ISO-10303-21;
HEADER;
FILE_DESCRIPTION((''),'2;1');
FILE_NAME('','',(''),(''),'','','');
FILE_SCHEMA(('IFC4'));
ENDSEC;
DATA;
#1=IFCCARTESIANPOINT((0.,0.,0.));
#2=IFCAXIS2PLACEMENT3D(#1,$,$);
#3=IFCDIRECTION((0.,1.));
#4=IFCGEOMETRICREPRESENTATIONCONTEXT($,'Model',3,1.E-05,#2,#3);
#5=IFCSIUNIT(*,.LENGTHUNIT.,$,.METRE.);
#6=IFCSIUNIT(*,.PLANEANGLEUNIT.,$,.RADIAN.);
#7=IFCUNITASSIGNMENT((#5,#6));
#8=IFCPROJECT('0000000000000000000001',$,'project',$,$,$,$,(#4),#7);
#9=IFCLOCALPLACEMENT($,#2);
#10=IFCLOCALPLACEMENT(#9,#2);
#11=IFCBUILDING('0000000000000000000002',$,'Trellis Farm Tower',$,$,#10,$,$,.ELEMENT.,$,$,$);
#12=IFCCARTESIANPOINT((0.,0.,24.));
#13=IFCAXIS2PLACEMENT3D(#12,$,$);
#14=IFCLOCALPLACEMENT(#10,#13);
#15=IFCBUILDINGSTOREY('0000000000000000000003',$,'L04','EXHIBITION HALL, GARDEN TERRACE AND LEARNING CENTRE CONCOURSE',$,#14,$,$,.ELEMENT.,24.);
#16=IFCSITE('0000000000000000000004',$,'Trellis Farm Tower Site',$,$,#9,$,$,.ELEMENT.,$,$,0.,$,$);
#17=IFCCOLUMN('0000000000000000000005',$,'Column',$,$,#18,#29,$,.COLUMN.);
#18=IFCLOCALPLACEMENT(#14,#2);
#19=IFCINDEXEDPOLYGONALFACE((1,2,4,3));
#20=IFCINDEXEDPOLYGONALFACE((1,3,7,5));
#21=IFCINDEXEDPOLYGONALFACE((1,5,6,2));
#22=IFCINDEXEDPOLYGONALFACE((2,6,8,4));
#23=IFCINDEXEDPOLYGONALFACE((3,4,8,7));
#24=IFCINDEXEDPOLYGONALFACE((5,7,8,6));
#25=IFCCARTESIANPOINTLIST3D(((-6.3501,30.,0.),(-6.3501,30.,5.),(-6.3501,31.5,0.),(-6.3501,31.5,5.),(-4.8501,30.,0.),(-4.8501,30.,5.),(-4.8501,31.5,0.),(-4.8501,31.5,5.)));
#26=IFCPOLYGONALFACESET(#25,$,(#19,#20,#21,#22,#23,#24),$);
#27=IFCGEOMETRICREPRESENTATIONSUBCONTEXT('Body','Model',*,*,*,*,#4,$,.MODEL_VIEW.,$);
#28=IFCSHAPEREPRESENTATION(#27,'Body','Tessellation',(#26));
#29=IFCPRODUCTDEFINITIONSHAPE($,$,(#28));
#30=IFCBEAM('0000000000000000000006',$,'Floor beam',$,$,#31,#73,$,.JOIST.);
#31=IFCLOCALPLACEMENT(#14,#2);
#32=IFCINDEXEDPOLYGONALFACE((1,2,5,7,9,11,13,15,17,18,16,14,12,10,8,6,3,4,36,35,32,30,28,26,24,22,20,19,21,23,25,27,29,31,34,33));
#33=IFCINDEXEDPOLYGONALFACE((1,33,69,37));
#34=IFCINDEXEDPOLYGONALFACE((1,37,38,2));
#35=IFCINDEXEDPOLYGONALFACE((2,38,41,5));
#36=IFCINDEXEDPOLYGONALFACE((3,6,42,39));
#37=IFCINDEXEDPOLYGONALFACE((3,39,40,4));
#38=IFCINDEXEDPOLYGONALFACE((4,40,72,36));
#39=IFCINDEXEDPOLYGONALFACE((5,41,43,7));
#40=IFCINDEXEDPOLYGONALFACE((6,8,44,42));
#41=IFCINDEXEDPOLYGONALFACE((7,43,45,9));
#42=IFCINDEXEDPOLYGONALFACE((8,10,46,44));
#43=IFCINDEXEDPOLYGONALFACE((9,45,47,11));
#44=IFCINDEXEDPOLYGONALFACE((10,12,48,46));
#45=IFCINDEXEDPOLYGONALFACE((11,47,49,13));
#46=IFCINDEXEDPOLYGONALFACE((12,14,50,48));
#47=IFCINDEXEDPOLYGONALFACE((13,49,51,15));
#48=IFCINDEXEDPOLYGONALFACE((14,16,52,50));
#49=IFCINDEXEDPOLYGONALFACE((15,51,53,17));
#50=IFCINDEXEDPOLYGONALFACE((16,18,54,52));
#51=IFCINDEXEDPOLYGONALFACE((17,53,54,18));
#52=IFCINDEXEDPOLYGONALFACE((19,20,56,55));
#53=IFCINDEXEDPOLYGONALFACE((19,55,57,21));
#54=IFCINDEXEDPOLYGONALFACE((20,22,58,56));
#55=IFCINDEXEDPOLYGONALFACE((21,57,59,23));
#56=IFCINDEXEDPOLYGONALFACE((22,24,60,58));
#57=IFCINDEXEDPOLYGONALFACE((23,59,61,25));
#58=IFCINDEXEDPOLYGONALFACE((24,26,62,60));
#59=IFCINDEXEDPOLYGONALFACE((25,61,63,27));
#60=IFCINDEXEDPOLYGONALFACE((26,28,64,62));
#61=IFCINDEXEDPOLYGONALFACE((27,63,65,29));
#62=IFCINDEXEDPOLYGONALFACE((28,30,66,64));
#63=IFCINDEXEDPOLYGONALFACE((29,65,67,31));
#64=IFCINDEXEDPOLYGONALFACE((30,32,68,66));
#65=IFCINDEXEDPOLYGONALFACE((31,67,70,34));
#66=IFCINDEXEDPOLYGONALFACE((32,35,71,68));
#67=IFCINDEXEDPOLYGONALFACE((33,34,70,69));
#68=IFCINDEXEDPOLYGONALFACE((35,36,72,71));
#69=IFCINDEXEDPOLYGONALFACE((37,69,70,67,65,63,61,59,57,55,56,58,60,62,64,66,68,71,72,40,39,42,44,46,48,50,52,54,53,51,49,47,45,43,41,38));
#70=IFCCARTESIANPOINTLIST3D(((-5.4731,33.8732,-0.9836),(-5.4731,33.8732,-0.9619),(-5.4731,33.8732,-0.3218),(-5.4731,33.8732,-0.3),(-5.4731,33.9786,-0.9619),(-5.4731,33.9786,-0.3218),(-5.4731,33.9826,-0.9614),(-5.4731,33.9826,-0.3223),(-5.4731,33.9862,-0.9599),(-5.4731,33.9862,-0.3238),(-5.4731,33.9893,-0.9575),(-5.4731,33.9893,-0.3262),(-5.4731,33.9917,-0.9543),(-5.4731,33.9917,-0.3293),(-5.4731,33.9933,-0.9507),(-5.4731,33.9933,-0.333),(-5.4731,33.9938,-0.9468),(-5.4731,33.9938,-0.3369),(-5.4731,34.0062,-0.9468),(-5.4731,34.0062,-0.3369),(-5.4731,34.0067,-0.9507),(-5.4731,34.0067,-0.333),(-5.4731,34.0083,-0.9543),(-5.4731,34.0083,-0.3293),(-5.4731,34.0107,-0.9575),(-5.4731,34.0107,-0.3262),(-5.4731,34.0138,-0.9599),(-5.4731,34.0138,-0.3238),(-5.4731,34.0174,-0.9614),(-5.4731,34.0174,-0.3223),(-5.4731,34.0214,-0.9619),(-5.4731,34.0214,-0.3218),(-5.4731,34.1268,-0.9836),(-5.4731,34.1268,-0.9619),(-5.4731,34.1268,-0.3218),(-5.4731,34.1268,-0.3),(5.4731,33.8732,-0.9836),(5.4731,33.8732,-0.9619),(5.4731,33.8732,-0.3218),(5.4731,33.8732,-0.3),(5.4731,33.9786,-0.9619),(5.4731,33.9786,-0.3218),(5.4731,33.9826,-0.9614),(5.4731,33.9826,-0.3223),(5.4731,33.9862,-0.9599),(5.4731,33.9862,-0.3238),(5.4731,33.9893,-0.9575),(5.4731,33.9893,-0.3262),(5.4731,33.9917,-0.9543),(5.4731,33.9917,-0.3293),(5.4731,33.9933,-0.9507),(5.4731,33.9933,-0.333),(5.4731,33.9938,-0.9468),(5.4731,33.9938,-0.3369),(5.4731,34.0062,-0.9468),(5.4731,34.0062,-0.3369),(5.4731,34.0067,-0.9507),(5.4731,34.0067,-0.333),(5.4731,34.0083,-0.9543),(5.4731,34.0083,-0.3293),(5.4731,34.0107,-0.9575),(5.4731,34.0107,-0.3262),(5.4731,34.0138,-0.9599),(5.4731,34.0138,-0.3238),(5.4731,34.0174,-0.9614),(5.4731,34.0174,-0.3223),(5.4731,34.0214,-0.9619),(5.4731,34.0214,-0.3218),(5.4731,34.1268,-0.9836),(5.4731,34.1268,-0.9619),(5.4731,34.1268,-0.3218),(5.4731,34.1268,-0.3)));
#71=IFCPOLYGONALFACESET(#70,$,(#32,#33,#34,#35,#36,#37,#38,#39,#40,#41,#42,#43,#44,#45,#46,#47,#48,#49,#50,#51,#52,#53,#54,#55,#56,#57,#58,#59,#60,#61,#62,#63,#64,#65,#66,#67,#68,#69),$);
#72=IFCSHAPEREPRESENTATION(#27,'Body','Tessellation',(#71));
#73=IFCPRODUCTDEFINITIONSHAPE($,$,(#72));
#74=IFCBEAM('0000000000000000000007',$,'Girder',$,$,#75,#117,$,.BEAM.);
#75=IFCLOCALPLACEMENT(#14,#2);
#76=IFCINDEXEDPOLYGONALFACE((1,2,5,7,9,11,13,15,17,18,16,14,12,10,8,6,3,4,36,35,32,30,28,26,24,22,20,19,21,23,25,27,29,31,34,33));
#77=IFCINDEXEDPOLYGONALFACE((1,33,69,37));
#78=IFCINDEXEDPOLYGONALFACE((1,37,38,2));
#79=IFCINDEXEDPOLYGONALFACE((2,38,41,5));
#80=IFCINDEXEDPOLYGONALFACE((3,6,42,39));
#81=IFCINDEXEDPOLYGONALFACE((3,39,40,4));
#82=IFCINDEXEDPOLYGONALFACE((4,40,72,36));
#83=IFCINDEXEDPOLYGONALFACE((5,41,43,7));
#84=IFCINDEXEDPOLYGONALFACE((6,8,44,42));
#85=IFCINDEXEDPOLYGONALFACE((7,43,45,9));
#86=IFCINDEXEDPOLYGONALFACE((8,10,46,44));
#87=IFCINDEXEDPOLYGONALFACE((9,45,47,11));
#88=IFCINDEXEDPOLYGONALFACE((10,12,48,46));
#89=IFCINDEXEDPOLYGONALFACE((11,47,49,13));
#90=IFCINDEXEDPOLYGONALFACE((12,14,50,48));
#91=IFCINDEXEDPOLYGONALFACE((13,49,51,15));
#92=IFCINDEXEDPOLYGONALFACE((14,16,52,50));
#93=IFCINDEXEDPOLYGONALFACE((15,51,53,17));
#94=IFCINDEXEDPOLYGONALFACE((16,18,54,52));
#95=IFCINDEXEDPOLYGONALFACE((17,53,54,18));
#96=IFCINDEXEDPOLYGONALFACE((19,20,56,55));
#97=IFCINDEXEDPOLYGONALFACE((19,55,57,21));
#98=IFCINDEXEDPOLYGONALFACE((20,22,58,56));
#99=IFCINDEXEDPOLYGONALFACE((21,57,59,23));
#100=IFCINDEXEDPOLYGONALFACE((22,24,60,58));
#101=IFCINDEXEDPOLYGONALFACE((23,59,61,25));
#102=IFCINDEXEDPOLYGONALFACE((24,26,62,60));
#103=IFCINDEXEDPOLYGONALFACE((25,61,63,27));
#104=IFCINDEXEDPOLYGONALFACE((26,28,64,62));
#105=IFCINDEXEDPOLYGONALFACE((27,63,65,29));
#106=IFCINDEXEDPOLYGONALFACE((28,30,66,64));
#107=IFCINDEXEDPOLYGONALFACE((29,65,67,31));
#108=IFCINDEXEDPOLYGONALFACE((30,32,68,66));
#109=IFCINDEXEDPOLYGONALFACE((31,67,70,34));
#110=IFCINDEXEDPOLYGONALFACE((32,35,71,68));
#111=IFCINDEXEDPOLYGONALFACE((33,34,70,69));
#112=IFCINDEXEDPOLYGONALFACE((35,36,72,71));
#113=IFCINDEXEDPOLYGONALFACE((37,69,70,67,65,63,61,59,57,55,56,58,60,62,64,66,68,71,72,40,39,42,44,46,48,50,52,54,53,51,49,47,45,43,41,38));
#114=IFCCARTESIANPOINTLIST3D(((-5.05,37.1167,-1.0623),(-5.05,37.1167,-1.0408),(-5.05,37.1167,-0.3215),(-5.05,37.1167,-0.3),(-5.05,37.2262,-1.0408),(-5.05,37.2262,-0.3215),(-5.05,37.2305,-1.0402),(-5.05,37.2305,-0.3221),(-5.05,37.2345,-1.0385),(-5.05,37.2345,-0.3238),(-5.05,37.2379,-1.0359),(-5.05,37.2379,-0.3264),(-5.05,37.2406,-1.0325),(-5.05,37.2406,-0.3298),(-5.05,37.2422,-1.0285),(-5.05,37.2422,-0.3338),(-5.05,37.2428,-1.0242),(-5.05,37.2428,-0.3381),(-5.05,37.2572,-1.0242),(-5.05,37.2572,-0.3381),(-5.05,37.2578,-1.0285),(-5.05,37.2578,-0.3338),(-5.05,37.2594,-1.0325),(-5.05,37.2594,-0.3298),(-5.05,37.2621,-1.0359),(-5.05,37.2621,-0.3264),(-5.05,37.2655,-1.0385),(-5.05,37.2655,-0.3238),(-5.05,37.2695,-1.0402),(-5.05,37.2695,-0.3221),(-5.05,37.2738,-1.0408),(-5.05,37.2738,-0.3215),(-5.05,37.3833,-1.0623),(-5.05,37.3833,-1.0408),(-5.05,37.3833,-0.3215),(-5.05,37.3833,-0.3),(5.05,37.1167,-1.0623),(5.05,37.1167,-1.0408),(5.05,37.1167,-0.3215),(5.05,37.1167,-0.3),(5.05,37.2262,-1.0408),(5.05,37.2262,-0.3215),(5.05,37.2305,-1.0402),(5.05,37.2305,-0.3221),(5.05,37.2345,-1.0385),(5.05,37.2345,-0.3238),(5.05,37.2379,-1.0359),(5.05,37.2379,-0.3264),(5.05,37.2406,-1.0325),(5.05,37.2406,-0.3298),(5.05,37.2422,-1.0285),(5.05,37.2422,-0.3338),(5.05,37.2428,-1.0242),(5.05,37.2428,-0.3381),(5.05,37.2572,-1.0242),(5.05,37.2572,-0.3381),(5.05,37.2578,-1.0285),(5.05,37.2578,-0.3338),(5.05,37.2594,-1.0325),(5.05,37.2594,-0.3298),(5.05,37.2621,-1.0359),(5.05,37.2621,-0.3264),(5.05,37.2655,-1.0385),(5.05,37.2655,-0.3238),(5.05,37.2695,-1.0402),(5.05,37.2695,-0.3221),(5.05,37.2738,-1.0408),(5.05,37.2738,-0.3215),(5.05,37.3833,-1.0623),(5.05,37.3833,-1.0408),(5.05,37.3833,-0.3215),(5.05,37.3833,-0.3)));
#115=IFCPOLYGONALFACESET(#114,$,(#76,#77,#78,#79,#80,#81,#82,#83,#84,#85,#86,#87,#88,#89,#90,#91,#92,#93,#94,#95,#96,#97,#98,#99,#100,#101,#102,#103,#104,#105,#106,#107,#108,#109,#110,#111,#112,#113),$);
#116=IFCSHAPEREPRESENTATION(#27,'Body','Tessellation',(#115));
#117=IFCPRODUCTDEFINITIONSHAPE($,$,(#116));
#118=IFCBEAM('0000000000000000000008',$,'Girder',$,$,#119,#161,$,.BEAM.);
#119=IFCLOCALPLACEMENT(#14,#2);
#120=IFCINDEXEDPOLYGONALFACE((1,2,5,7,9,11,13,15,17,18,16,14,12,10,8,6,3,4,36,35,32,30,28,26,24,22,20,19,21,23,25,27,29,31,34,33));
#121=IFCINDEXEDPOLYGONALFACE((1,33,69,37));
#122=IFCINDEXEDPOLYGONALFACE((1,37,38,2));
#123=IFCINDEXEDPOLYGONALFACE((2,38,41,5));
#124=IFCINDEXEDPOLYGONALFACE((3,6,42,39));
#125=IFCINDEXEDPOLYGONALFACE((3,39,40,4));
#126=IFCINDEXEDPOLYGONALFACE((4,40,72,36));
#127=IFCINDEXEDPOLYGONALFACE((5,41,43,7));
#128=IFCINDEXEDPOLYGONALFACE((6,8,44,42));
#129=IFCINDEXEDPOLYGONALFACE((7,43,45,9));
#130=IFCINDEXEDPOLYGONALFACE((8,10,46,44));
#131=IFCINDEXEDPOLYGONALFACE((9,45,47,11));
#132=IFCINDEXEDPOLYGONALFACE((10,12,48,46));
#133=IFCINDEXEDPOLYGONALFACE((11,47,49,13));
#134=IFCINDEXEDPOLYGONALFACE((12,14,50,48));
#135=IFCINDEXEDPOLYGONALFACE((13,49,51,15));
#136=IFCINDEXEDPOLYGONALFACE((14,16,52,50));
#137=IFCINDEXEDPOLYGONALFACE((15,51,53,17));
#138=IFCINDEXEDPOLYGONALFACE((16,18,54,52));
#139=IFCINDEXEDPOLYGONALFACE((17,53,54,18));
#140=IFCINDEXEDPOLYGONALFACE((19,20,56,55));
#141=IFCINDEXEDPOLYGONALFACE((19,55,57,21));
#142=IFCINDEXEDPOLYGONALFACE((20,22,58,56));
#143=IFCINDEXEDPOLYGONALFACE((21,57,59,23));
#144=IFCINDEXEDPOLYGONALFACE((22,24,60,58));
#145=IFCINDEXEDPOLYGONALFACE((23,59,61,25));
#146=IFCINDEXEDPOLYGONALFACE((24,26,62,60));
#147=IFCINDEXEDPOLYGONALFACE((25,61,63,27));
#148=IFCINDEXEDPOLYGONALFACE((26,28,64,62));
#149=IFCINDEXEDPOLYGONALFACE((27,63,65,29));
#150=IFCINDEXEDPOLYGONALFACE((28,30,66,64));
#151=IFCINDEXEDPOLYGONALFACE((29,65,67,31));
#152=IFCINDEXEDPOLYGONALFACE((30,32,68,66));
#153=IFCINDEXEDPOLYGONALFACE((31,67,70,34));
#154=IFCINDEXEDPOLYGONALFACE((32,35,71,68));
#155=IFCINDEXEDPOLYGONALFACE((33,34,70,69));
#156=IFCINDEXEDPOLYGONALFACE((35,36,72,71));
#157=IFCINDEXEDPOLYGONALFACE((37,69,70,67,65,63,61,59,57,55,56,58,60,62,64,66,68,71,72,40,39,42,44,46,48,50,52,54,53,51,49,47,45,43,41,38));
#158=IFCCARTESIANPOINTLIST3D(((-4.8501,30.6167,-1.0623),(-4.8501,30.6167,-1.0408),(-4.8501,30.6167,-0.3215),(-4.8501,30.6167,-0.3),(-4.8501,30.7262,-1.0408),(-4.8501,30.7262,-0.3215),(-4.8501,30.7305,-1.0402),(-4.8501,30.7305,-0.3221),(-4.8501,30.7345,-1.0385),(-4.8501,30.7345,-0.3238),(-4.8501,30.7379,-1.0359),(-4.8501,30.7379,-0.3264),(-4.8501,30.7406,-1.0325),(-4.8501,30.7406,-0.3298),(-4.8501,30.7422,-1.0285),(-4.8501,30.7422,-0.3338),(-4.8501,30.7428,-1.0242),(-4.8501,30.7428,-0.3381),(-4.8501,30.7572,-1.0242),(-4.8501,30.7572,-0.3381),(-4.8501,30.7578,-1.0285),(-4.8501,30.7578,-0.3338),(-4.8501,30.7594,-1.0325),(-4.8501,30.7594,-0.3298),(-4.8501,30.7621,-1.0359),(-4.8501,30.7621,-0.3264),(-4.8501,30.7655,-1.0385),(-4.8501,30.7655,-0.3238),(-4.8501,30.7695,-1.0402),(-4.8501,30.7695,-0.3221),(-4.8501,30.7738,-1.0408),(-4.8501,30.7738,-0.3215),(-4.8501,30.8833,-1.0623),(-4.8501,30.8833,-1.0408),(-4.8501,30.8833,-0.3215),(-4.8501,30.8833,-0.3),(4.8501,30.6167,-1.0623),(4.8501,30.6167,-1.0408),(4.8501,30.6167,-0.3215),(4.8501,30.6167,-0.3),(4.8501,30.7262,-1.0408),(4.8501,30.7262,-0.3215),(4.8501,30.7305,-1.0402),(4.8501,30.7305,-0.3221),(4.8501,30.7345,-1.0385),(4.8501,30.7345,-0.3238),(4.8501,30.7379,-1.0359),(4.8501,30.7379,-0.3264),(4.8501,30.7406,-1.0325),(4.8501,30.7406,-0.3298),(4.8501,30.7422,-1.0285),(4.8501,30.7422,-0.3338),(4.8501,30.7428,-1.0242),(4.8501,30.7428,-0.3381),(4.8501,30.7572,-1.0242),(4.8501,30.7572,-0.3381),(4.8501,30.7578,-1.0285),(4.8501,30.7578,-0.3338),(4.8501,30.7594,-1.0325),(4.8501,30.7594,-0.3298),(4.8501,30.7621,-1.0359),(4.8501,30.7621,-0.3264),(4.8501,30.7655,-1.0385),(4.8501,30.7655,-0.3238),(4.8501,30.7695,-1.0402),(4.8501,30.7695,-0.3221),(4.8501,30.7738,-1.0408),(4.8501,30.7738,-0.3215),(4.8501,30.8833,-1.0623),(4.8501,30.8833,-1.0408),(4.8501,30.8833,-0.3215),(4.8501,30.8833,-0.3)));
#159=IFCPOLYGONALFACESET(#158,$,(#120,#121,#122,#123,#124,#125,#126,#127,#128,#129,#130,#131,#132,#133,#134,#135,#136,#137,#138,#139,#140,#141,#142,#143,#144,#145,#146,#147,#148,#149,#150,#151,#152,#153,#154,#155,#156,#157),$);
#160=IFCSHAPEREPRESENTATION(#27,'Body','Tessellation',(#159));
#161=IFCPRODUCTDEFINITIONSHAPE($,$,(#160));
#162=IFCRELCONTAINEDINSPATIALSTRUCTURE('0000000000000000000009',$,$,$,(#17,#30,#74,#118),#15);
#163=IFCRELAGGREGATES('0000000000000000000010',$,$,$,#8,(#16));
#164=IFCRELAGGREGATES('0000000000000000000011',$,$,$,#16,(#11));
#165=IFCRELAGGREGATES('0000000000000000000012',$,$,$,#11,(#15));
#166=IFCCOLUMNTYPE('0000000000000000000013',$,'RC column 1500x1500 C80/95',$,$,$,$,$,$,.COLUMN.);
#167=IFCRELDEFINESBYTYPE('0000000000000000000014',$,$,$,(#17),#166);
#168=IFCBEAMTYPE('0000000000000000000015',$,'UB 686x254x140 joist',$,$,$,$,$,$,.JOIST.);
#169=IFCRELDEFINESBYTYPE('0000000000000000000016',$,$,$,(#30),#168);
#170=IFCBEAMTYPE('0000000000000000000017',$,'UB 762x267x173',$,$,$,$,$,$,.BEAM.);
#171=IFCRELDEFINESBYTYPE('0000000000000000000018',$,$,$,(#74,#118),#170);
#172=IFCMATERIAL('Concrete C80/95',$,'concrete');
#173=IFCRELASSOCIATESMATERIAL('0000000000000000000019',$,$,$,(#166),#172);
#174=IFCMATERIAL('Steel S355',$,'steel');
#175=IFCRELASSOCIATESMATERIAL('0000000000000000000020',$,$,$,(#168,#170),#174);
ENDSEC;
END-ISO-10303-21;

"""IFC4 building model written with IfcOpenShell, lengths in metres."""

from ifc_helpers import new_model, si_unit, direction, frame, origin, origin_2d, place, context, subcontext, project, spatial, rectangle, i_section, extrude, source, transform, mapped, material, material_profile, profile_set, type_object, element, save


model = new_model("IFC4")

# Units and contexts
model_context = context("Model", 3, precision=1e-05, world=origin(), true_north=direction((0.0, 1.0)))
body_context = subcontext(model_context, "Body", "Model", "MODEL_VIEW")
ifc_project = project(units=[si_unit("LENGTHUNIT", "METRE"), si_unit("PLANEANGLEUNIT", "RADIAN")], contexts=[model_context])

# Site, building, storey
site_placement = place(None, origin())
site = spatial("IfcSite", under=ifc_project, at=site_placement, Name="Trellis Farm Tower Site", CompositionType="ELEMENT", RefElevation=0.0)
building_placement = place(site_placement, origin())
building = spatial("IfcBuilding", under=site, at=building_placement, Name="Trellis Farm Tower", CompositionType="ELEMENT")
storey_placement = place(building_placement, frame((0.0, 0.0, 24.0)))
storey = spatial("IfcBuildingStorey", under=building, at=storey_placement, Name="L04", Description="EXHIBITION HALL, GARDEN TERRACE AND LEARNING CENTRE CONCOURSE", CompositionType="ELEMENT", Elevation=24.0)

# Column
ifc_material_1 = material(Name="Concrete C80/95", Category="concrete")
ifc_material_profile_1 = material_profile(ifc_material_1, rectangle(XDim=1.5, YDim=1.5, at=origin_2d()), Name="RC column 1500x1500 C80/95")
ifc_profile_set_1 = profile_set([ifc_material_profile_1], Name="Concrete C80/95")
column_type = type_object("IfcColumnType", Name="RC column 1500x1500 C80/95", PredefinedType="COLUMN", material=ifc_profile_set_1)
shared_shape_1 = source(origin(), body_context, "Body", "SweptSolid", [
    extrude(rectangle(XDim=1.5, YDim=1.5, at=origin_2d()), origin(), (0.0, 0.0, 1.0), 5.0),
])
column_placement = place(storey_placement, frame((-5.6001, 30.75, 0.0), z_axis=(0.0, 0.0, 1.0), x_axis=(1.0, 0.0, 0.0)))
element("IfcColumn", 1, at=column_placement, inside=storey, type_object=column_type, Name="Column", PredefinedType="COLUMN", context=body_context, shape_type="MappedRepresentation", body=[
    mapped(shared_shape_1, transform((0.0, 0.0, 0.0))),
])

# Beams
ifc_material_2 = material(Name="Steel S355", Category="steel")
ifc_material_profile_2 = material_profile(ifc_material_2, i_section(OverallWidth=0.2537, OverallDepth=0.6836, WebThickness=0.0125, FlangeThickness=0.0217, FilletRadius=0.0151, at=origin_2d()), Name="UB 686x254x140")
ifc_profile_set_2 = profile_set([ifc_material_profile_2], Name="Steel S355")
beam_type_1 = type_object("IfcBeamType", Name="UB 686x254x140 joist", PredefinedType="JOIST", material=ifc_profile_set_2)
shared_shape_2 = source(origin(), body_context, "Body", "SweptSolid", [
    extrude(i_section(OverallWidth=0.2537, OverallDepth=0.6836, WebThickness=0.0125, FlangeThickness=0.0217, FilletRadius=0.0151, at=origin_2d()), origin(), (0.0, 0.0, 1.0), 10.9463),
])
beam_1_placement = place(storey_placement, frame((-5.4731, 34.0, -0.6418), z_axis=(1.0, 0.0, 0.0), x_axis=(0.0, 1.0, 0.0)))
element("IfcBeam", 2, at=beam_1_placement, inside=storey, type_object=beam_type_1, Name="Floor beam", PredefinedType="JOIST", context=body_context, shape_type="MappedRepresentation", body=[
    mapped(shared_shape_2, transform((0.0, 0.0, 0.0))),
])
ifc_material_profile_3 = material_profile(ifc_material_2, i_section(OverallWidth=0.2666, OverallDepth=0.7622, WebThickness=0.0144, FlangeThickness=0.0215, FilletRadius=0.0166, at=origin_2d()), Name="UB 762x267x173")
ifc_profile_set_3 = profile_set([ifc_material_profile_3], Name="Steel S355")
beam_type_2 = type_object("IfcBeamType", Name="UB 762x267x173", PredefinedType="BEAM", material=ifc_profile_set_3)
shared_shape_3 = source(origin(), body_context, "Body", "SweptSolid", [
    extrude(i_section(OverallWidth=0.2666, OverallDepth=0.7622, WebThickness=0.0144, FlangeThickness=0.0215, FilletRadius=0.0166, at=origin_2d()), origin(), (0.0, 0.0, 1.0), 10.1001),
])
beam_2_placement = place(storey_placement, frame((-5.05, 37.25, -0.6812), z_axis=(1.0, 0.0, 0.0), x_axis=(0.0, 1.0, 0.0)))
element("IfcBeam", 3, at=beam_2_placement, inside=storey, type_object=beam_type_2, Name="Girder", PredefinedType="BEAM", context=body_context, shape_type="MappedRepresentation", body=[
    mapped(shared_shape_3, transform((0.0, 0.0, 0.0))),
])
shared_shape_4 = source(origin(), body_context, "Body", "SweptSolid", [
    extrude(i_section(OverallWidth=0.2666, OverallDepth=0.7622, WebThickness=0.0144, FlangeThickness=0.0215, FilletRadius=0.0166, at=origin_2d()), origin(), (0.0, 0.0, 1.0), 9.7002),
])
beam_3_placement = place(storey_placement, frame((-4.8501, 30.75, -0.6812), z_axis=(1.0, 0.0, 0.0), x_axis=(0.0, 1.0, 0.0)))
element("IfcBeam", 4, at=beam_3_placement, inside=storey, type_object=beam_type_2, Name="Girder", PredefinedType="BEAM", context=body_context, shape_type="MappedRepresentation", body=[
    mapped(shared_shape_4, transform((0.0, 0.0, 0.0))),
])

save(model, "model.ifc")
